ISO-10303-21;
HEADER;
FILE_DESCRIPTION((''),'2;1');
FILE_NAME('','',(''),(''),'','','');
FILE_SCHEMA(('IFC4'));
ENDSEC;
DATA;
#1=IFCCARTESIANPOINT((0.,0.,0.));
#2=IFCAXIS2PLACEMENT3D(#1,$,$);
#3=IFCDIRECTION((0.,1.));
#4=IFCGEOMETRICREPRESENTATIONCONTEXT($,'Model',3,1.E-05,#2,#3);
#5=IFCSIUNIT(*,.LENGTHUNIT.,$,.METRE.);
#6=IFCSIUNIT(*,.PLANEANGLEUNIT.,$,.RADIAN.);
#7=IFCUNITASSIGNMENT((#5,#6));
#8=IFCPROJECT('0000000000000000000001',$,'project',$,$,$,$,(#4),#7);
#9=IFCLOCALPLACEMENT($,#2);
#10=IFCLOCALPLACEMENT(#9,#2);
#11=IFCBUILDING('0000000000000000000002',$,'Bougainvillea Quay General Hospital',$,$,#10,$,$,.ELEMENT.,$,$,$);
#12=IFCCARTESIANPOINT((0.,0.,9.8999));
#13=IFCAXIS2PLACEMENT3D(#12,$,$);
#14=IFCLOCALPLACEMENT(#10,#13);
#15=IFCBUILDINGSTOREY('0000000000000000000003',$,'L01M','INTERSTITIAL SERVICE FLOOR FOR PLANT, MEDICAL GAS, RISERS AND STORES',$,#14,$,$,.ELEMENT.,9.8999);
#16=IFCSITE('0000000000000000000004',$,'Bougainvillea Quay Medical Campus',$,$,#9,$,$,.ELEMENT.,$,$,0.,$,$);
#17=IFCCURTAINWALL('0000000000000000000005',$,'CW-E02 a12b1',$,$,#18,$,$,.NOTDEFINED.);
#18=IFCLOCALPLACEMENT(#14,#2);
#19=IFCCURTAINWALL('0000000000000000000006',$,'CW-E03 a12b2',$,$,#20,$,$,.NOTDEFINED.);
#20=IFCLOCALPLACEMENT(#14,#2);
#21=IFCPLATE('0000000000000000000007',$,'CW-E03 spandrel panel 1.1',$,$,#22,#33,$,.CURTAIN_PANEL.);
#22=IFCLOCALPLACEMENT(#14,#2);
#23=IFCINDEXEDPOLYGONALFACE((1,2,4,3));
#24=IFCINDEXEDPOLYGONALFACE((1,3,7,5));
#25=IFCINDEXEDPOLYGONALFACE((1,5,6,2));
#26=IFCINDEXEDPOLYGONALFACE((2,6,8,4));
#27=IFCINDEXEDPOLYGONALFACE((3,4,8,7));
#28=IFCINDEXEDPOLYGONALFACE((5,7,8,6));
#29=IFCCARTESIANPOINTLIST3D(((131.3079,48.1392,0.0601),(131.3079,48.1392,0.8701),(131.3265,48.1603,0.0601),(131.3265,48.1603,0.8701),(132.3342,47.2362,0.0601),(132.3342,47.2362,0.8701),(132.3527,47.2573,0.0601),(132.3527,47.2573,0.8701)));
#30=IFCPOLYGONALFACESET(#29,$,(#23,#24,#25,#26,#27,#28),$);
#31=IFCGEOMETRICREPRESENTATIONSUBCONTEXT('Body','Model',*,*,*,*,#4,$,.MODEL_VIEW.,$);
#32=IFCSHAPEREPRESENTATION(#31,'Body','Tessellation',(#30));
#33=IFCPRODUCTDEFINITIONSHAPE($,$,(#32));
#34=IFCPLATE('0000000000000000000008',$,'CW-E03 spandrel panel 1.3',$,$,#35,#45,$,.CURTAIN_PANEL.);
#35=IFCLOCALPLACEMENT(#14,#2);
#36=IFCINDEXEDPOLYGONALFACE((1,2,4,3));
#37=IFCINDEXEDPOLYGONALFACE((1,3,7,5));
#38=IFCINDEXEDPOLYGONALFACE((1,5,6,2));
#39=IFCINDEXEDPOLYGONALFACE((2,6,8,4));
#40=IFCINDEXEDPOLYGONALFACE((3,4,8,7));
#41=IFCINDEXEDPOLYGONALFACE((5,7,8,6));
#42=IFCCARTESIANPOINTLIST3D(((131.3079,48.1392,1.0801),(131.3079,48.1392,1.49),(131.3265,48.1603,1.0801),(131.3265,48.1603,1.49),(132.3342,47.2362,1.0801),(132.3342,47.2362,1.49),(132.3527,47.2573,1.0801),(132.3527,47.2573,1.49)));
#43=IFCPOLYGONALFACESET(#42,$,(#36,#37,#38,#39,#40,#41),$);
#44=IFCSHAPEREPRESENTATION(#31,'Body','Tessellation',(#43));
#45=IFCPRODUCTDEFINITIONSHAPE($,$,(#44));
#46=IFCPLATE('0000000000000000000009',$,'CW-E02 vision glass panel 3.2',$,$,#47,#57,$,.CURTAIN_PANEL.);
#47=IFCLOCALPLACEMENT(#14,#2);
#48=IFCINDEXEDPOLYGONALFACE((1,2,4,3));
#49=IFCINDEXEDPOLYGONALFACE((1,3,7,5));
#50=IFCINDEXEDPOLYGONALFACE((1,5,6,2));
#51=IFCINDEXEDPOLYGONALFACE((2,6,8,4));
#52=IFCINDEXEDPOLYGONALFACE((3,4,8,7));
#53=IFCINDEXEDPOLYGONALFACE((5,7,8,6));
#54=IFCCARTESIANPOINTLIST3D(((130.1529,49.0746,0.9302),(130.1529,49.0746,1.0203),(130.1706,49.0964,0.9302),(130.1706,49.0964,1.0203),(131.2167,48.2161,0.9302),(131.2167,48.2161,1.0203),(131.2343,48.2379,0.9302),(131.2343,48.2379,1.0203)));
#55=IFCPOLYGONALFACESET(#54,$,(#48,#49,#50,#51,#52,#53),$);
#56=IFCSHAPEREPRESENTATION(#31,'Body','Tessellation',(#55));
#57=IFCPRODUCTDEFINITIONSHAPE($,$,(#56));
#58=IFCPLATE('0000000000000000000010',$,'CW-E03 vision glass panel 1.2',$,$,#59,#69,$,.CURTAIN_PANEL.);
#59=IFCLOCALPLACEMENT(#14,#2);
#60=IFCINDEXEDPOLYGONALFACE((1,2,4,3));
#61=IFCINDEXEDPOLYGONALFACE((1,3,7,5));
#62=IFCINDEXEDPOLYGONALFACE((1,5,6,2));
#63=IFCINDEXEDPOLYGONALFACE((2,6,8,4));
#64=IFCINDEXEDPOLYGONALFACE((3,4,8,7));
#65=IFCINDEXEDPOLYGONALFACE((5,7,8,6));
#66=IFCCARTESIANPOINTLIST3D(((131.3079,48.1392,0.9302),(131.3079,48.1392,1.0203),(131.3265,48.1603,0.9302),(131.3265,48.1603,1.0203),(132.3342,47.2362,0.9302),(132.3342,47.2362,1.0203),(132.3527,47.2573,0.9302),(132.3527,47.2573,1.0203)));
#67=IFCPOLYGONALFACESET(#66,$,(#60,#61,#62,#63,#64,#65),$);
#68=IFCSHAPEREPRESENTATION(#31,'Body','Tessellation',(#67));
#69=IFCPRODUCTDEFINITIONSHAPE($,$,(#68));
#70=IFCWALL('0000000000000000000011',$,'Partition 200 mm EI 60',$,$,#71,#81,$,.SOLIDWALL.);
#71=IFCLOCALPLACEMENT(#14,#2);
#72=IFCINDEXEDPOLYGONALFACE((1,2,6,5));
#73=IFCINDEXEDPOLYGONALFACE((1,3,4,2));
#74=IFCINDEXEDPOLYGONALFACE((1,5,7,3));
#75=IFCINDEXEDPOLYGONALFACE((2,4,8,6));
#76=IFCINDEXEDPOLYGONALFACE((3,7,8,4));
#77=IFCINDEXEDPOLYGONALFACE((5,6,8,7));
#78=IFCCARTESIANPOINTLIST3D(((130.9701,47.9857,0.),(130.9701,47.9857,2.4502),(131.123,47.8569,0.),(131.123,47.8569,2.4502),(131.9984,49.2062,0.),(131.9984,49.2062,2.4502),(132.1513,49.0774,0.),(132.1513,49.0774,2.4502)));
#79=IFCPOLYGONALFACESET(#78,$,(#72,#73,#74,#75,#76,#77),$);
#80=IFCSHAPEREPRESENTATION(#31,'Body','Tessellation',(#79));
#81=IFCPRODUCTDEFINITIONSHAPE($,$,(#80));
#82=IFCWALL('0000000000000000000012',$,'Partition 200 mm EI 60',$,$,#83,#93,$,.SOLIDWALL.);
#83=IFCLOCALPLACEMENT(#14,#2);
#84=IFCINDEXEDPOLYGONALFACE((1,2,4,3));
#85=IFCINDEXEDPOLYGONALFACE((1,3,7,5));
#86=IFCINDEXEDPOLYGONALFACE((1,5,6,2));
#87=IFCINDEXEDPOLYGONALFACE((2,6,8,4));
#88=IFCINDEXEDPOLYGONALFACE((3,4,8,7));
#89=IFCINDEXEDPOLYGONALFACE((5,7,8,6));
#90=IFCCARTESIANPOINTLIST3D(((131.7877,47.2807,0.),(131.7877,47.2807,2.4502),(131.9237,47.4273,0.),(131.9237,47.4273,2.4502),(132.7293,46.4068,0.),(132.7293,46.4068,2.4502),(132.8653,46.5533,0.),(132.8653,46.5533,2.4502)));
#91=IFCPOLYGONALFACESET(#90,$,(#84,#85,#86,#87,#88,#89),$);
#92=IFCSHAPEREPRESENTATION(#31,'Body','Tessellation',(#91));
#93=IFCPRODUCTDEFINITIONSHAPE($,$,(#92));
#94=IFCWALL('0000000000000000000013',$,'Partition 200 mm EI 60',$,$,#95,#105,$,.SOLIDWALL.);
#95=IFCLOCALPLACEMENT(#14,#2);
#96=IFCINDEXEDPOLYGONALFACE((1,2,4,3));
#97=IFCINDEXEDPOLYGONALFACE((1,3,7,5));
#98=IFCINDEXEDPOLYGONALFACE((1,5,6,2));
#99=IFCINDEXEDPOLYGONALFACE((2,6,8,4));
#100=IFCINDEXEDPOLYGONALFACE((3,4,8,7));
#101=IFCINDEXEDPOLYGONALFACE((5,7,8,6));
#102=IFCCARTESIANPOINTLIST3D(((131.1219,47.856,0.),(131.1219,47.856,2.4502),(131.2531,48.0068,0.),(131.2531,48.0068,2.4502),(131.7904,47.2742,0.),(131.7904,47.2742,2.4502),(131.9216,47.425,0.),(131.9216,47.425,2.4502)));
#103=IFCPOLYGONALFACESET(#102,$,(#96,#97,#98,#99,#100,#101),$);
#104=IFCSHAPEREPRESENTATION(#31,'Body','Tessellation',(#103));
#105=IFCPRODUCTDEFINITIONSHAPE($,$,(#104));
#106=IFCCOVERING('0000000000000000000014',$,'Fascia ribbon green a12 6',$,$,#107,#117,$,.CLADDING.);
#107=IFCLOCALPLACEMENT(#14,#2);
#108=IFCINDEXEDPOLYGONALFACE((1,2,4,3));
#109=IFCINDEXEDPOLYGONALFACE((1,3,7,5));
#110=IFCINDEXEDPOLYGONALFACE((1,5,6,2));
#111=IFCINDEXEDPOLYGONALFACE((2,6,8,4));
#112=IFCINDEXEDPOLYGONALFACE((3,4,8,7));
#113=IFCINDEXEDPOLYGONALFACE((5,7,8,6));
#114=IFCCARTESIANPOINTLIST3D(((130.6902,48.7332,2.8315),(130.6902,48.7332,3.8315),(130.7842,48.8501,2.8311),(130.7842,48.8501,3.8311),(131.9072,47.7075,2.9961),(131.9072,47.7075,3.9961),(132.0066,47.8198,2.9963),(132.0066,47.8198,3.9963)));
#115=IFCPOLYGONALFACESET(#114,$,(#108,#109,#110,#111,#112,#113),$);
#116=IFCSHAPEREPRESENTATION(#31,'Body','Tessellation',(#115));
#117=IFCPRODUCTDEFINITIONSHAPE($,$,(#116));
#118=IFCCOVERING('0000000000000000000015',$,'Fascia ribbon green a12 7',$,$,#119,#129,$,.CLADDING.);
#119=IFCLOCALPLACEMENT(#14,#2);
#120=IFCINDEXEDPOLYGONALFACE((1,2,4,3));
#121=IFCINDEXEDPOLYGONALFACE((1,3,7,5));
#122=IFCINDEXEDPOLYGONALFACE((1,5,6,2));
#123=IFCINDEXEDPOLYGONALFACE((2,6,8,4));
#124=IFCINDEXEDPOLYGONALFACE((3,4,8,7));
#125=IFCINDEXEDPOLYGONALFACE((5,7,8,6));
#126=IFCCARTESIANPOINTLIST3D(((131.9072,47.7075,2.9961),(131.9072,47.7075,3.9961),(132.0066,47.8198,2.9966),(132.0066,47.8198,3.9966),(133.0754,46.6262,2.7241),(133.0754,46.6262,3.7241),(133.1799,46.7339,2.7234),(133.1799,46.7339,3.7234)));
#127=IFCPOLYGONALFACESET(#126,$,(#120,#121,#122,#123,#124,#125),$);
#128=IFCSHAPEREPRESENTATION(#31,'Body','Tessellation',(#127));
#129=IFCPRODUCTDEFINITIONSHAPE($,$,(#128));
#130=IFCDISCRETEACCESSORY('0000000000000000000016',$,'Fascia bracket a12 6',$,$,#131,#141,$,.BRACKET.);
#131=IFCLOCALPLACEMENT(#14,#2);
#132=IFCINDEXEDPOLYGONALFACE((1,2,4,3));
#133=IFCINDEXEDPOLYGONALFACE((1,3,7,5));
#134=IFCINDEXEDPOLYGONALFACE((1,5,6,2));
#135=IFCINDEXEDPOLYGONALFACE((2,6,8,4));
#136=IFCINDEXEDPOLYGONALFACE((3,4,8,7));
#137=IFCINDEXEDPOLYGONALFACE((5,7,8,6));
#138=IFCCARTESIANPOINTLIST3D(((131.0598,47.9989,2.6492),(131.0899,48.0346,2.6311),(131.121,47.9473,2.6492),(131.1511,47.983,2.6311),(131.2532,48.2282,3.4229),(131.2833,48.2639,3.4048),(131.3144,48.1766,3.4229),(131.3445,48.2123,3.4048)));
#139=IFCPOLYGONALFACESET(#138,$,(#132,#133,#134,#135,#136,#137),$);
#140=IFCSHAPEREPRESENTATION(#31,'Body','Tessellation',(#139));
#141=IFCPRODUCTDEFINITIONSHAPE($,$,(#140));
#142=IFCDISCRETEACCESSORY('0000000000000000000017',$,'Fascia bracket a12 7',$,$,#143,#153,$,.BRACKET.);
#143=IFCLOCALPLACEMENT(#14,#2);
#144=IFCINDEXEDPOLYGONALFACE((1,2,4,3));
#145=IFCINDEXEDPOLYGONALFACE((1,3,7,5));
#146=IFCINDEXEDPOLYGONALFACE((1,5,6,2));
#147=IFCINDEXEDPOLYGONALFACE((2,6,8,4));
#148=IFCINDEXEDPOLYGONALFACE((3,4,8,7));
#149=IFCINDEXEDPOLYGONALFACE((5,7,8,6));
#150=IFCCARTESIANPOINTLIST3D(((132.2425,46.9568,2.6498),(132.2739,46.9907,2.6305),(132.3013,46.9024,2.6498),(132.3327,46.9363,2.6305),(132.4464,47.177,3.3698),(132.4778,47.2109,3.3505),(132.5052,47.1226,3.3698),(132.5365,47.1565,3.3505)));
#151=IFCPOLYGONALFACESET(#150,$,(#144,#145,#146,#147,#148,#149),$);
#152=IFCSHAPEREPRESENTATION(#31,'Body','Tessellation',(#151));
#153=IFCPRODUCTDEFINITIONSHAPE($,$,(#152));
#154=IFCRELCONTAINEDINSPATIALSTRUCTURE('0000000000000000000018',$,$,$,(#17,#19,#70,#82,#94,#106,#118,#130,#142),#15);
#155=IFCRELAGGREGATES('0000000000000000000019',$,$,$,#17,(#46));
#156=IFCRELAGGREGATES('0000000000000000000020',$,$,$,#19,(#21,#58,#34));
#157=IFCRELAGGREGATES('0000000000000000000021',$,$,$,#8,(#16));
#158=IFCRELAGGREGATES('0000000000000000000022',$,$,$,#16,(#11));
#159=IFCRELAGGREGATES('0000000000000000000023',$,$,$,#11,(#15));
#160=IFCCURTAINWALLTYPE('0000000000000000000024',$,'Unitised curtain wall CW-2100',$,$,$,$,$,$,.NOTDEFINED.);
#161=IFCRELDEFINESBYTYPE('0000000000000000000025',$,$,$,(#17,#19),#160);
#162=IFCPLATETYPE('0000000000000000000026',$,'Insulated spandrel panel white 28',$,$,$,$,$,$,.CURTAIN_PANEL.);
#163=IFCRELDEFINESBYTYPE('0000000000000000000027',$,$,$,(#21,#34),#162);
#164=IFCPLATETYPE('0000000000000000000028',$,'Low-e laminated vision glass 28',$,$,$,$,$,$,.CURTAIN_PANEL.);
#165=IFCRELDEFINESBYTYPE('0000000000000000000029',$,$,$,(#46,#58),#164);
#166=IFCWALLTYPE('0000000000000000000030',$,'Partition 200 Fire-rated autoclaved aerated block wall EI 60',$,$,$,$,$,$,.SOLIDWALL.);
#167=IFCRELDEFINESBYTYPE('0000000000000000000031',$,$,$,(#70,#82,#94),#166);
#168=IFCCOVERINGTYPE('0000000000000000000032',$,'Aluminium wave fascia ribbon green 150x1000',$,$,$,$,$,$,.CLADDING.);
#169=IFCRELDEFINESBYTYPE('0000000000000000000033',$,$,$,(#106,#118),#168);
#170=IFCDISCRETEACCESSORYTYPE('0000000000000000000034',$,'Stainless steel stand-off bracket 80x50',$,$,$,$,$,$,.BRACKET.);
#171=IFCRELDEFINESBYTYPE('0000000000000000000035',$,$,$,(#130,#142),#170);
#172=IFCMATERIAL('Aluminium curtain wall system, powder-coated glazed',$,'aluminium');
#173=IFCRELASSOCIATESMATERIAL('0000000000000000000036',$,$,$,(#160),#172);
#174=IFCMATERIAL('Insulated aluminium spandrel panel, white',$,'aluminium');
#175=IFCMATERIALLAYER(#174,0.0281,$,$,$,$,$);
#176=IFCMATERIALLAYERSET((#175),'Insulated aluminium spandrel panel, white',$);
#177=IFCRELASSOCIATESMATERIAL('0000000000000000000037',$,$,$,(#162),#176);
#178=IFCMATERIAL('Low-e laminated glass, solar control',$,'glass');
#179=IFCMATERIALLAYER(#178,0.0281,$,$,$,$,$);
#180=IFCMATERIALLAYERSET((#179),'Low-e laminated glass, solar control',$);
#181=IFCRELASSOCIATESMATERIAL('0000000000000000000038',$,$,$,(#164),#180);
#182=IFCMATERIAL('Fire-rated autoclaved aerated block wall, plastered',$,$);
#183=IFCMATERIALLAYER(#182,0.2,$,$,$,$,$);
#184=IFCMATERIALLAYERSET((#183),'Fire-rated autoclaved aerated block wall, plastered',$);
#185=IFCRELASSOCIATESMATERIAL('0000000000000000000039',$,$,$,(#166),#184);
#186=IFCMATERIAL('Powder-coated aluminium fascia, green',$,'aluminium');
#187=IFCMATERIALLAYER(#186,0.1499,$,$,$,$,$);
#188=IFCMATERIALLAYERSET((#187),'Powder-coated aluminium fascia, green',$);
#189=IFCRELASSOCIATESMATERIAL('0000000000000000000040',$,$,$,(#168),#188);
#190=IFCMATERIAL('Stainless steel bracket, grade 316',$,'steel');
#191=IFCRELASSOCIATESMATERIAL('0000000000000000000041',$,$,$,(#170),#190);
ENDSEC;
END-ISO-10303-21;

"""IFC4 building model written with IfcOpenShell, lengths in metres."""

from ifc_helpers import new_model, si_unit, direction, frame, frame_2d, origin, origin_2d, place, context, subcontext, project, spatial, polyline, rectangle, outline, extrude, material, layer, layer_set, material_profile, profile_set, type_object, element, aggregate, save


model = new_model("IFC4")

# Units and contexts
model_context = context("Model", 3, precision=1e-05, world=origin(), true_north=direction((0.0, 1.0)))
body_context = subcontext(model_context, "Body", "Model", "MODEL_VIEW")
ifc_project = project(units=[si_unit("LENGTHUNIT", "METRE"), si_unit("PLANEANGLEUNIT", "RADIAN")], contexts=[model_context])

# Site, building, storey
site_placement = place(None, origin())
site = spatial("IfcSite", under=ifc_project, at=site_placement, Name="Bougainvillea Quay Medical Campus", CompositionType="ELEMENT", RefElevation=0.0)
building_placement = place(site_placement, origin())
building = spatial("IfcBuilding", under=site, at=building_placement, Name="Bougainvillea Quay General Hospital", CompositionType="ELEMENT")
storey_placement = place(building_placement, frame((0.0, 0.0, 9.8999)))
storey = spatial("IfcBuildingStorey", under=building, at=storey_placement, Name="L01M", Description="INTERSTITIAL SERVICE FLOOR FOR PLANT, MEDICAL GAS, RISERS AND STORES", CompositionType="ELEMENT", Elevation=9.8999)

# Curtain wall
ifc_material_1 = material(Name="Aluminium curtain wall system, powder-coated glazed", Category="aluminium")
curtain_wall_type = type_object("IfcCurtainWallType", Name="Unitised curtain wall CW-2100", PredefinedType="NOTDEFINED", material=ifc_material_1)
curtain_wall_1_placement = place(storey_placement, origin())
curtain_wall_1 = element("IfcCurtainWall", 1, at=curtain_wall_1_placement, inside=storey, type_object=curtain_wall_type, Name="CW-E02 a12b1", PredefinedType="NOTDEFINED")

# Curtain wall
curtain_wall_2_placement = place(storey_placement, origin())
curtain_wall_2 = element("IfcCurtainWall", 2, at=curtain_wall_2_placement, inside=storey, type_object=curtain_wall_type, Name="CW-E03 a12b2", PredefinedType="NOTDEFINED")

# Plates
ifc_material_2 = material(Name="Insulated aluminium spandrel panel, white", Category="aluminium")
ifc_layer_1 = layer(ifc_material_2, 0.0281)
ifc_layer_set_1 = layer_set([ifc_layer_1], Name="Insulated aluminium spandrel panel, white")
plate_type_1 = type_object("IfcPlateType", Name="Insulated spandrel panel white 28", PredefinedType="CURTAIN_PANEL", material=ifc_layer_set_1)
plate_1_placement = place(storey_placement, frame((131.8303, 47.6982, 0.0601), z_axis=(0.0, 0.0, 1.0), x_axis=(0.750772, -0.660561, 0.0)))
plate_1 = element("IfcPlate", 3, at=plate_1_placement, type_object=plate_type_1, Name="CW-E03 spandrel panel 1.1", PredefinedType="CURTAIN_PANEL", context=body_context, shape_type="SweptSolid", body=[
    extrude(rectangle(XDim=1.3669, YDim=0.0281, at=origin_2d()), origin(), (0.0, 0.0, 1.0), 0.8101),
])
plate_2_placement = place(storey_placement, frame((131.8303, 47.6982, 1.0801), z_axis=(0.0, 0.0, 1.0), x_axis=(0.750772, -0.660561, 0.0)))
plate_2 = element("IfcPlate", 4, at=plate_2_placement, type_object=plate_type_1, Name="CW-E03 spandrel panel 1.3", PredefinedType="CURTAIN_PANEL", context=body_context, shape_type="SweptSolid", body=[
    extrude(rectangle(XDim=1.3669, YDim=0.0281, at=origin_2d()), origin(), (0.0, 0.0, 1.0), 0.4099),
])
ifc_material_3 = material(Name="Low-e laminated glass, solar control", Category="glass")
ifc_layer_2 = layer(ifc_material_3, 0.0281)
ifc_layer_set_2 = layer_set([ifc_layer_2], Name="Low-e laminated glass, solar control")
plate_type_2 = type_object("IfcPlateType", Name="Low-e laminated vision glass 28", PredefinedType="CURTAIN_PANEL", material=ifc_layer_set_2)
plate_3_placement = place(storey_placement, frame((130.6936, 48.6562, 0.9302), z_axis=(0.0, 0.0, 1.0), x_axis=(0.778185, -0.628035, 0.0)))
plate_3 = element("IfcPlate", 5, at=plate_3_placement, type_object=plate_type_2, Name="CW-E02 vision glass panel 3.2", PredefinedType="CURTAIN_PANEL", context=body_context, shape_type="SweptSolid", body=[
    extrude(rectangle(XDim=1.3669, YDim=0.0281, at=origin_2d()), origin(), (0.0, 0.0, 1.0), 0.0901),
])
aggregate(curtain_wall_1, [plate_3])
plate_4_placement = place(storey_placement, frame((131.8303, 47.6982, 0.9302), z_axis=(0.0, 0.0, 1.0), x_axis=(0.750772, -0.660561, 0.0)))
plate_4 = element("IfcPlate", 6, at=plate_4_placement, type_object=plate_type_2, Name="CW-E03 vision glass panel 1.2", PredefinedType="CURTAIN_PANEL", context=body_context, shape_type="SweptSolid", body=[
    extrude(rectangle(XDim=1.3669, YDim=0.0281, at=origin_2d()), origin(), (0.0, 0.0, 1.0), 0.0901),
])
aggregate(curtain_wall_2, [plate_1, plate_4, plate_2])

# Walls
ifc_material_4 = material(Name="Fire-rated autoclaved aerated block wall, plastered")
ifc_layer_3 = layer(ifc_material_4, 0.2)
ifc_layer_set_3 = layer_set([ifc_layer_3], Name="Fire-rated autoclaved aerated block wall, plastered")
wall_type = type_object("IfcWallType", Name="Partition 200 Fire-rated autoclaved aerated block wall EI 60", PredefinedType="SOLIDWALL", material=ifc_layer_set_3)
wall_1_placement = place(storey_placement, frame((131.0466, 47.9214, 0.0), z_axis=(0.0, 0.0, 1.0), x_axis=(0.644343, 0.764737, 0.0)))
element("IfcWall", 7, at=wall_1_placement, inside=storey, type_object=wall_type, Name="Partition 200 mm EI 60", PredefinedType="SOLIDWALL", context=body_context, shape_type="SweptSolid", body=[
    extrude(rectangle(XDim=1.5959, YDim=0.2, at=frame_2d((0.7979, 0.0))), origin(), (0.0, 0.0, 1.0), 2.4502),
])
wall_2_placement = place(storey_placement, frame((131.8557, 47.354, 0.0), z_axis=(0.0, 0.0, 1.0), x_axis=(0.732936, -0.680298, 0.0)))
element("IfcWall", 8, at=wall_2_placement, inside=storey, type_object=wall_type, Name="Partition 200 mm EI 60", PredefinedType="SOLIDWALL", context=body_context, shape_type="SweptSolid", body=[
    extrude(rectangle(XDim=1.2847, YDim=0.2, at=frame_2d((0.6423, 0.0))), origin(), (0.0, 0.0, 1.0), 2.4502),
])
wall_3_placement = place(storey_placement, frame((131.1875, 47.9314, 0.0), z_axis=(0.0, 0.0, 1.0), x_axis=(0.754315, -0.656513, 0.0)))
element("IfcWall", 9, at=wall_3_placement, inside=storey, type_object=wall_type, Name="Partition 200 mm EI 60", PredefinedType="SOLIDWALL", context=body_context, shape_type="SweptSolid", body=[
    extrude(rectangle(XDim=0.8862, YDim=0.2, at=frame_2d((0.4431, 0.0))), origin(), (0.0, 0.0, 1.0), 2.4502),
])

# Coverings
ifc_material_5 = material(Name="Powder-coated aluminium fascia, green", Category="aluminium")
ifc_layer_4 = layer(ifc_material_5, 0.1499)
ifc_layer_set_4 = layer_set([ifc_layer_4], Name="Powder-coated aluminium fascia, green")
covering_type = type_object("IfcCoveringType", Name="Aluminium wave fascia ribbon green 150x1000", PredefinedType="CLADDING", material=ifc_layer_set_4)
covering_1_placement = place(storey_placement, frame((130.6902, 48.7332, 2.8315), z_axis=(-0.078089, 0.066924, 0.994698), x_axis=(0.760622, -0.640998, 0.10284)))
element("IfcCovering", 10, at=covering_1_placement, inside=storey, type_object=covering_type, Name="Fascia ribbon green a12 6", PredefinedType="CLADDING", context=body_context, shape_type="SweptSolid", body=[
    extrude(outline(polyline([(0.0, 0.0), (1.6001, 0.0), (1.6037, 0.1499), (-0.0035, 0.15), (0.0, 0.0)])), origin(), (0.10284, -0.000849, 0.994698), 1.0),
])
covering_2_placement = place(storey_placement, frame((131.9072, 47.7075, 2.9961), z_axis=(0.124079, -0.113896, 0.985714), x_axis=(0.723396, -0.669576, -0.168427)))
element("IfcCovering", 11, at=covering_2_placement, inside=storey, type_object=covering_type, Name="Fascia ribbon green a12 7", PredefinedType="CLADDING", context=body_context, shape_type="SweptSolid", body=[
    extrude(outline(polyline([(0.0, 0.0), (1.6149, 0.0), (1.6185, 0.15), (-0.0034, 0.1499), (0.0, 0.0)])), origin(), (-0.168427, -0.000688, 0.985714), 1.0),
])

# Discrete accessories
ifc_material_6 = material(Name="Stainless steel bracket, grade 316", Category="steel")
ifc_material_profile_1 = material_profile(ifc_material_6, rectangle(XDim=0.0801, YDim=0.05, at=origin_2d()))
ifc_profile_set_1 = profile_set([ifc_material_profile_1], Name="Stainless steel bracket, grade 316")
discrete_accessory_type = type_object("IfcDiscreteAccessoryType", Name="Stainless steel stand-off bracket 80x50", PredefinedType="BRACKET", material=ifc_profile_set_1)
discrete_accessory_1_placement = place(storey_placement, frame((131.1055, 47.991, 2.6401), z_axis=(0.233026, 0.276278, 0.9324), x_axis=(-0.764404, 0.644737, 0.0)))
element("IfcDiscreteAccessory", 12, at=discrete_accessory_1_placement, inside=storey, type_object=discrete_accessory_type, Name="Fascia bracket a12 6", PredefinedType="BRACKET", context=body_context, shape_type="SweptSolid", body=[
    extrude(rectangle(XDim=0.0801, YDim=0.05, at=origin_2d()), origin(), (0.0, 0.0, 1.0), 0.8298),
])
discrete_accessory_2_placement = place(storey_placement, frame((132.2876, 46.9465, 2.6401), z_axis=(0.261353, 0.282324, 0.923032), x_axis=(-0.733836, 0.679327, 0.0)))
element("IfcDiscreteAccessory", 13, at=discrete_accessory_2_placement, inside=storey, type_object=discrete_accessory_type, Name="Fascia bracket a12 7", PredefinedType="BRACKET", context=body_context, shape_type="SweptSolid", body=[
    extrude(rectangle(XDim=0.0801, YDim=0.05, at=origin_2d()), origin(), (0.0, 0.0, 1.0), 0.78),
])

save(model, "model.ifc")
